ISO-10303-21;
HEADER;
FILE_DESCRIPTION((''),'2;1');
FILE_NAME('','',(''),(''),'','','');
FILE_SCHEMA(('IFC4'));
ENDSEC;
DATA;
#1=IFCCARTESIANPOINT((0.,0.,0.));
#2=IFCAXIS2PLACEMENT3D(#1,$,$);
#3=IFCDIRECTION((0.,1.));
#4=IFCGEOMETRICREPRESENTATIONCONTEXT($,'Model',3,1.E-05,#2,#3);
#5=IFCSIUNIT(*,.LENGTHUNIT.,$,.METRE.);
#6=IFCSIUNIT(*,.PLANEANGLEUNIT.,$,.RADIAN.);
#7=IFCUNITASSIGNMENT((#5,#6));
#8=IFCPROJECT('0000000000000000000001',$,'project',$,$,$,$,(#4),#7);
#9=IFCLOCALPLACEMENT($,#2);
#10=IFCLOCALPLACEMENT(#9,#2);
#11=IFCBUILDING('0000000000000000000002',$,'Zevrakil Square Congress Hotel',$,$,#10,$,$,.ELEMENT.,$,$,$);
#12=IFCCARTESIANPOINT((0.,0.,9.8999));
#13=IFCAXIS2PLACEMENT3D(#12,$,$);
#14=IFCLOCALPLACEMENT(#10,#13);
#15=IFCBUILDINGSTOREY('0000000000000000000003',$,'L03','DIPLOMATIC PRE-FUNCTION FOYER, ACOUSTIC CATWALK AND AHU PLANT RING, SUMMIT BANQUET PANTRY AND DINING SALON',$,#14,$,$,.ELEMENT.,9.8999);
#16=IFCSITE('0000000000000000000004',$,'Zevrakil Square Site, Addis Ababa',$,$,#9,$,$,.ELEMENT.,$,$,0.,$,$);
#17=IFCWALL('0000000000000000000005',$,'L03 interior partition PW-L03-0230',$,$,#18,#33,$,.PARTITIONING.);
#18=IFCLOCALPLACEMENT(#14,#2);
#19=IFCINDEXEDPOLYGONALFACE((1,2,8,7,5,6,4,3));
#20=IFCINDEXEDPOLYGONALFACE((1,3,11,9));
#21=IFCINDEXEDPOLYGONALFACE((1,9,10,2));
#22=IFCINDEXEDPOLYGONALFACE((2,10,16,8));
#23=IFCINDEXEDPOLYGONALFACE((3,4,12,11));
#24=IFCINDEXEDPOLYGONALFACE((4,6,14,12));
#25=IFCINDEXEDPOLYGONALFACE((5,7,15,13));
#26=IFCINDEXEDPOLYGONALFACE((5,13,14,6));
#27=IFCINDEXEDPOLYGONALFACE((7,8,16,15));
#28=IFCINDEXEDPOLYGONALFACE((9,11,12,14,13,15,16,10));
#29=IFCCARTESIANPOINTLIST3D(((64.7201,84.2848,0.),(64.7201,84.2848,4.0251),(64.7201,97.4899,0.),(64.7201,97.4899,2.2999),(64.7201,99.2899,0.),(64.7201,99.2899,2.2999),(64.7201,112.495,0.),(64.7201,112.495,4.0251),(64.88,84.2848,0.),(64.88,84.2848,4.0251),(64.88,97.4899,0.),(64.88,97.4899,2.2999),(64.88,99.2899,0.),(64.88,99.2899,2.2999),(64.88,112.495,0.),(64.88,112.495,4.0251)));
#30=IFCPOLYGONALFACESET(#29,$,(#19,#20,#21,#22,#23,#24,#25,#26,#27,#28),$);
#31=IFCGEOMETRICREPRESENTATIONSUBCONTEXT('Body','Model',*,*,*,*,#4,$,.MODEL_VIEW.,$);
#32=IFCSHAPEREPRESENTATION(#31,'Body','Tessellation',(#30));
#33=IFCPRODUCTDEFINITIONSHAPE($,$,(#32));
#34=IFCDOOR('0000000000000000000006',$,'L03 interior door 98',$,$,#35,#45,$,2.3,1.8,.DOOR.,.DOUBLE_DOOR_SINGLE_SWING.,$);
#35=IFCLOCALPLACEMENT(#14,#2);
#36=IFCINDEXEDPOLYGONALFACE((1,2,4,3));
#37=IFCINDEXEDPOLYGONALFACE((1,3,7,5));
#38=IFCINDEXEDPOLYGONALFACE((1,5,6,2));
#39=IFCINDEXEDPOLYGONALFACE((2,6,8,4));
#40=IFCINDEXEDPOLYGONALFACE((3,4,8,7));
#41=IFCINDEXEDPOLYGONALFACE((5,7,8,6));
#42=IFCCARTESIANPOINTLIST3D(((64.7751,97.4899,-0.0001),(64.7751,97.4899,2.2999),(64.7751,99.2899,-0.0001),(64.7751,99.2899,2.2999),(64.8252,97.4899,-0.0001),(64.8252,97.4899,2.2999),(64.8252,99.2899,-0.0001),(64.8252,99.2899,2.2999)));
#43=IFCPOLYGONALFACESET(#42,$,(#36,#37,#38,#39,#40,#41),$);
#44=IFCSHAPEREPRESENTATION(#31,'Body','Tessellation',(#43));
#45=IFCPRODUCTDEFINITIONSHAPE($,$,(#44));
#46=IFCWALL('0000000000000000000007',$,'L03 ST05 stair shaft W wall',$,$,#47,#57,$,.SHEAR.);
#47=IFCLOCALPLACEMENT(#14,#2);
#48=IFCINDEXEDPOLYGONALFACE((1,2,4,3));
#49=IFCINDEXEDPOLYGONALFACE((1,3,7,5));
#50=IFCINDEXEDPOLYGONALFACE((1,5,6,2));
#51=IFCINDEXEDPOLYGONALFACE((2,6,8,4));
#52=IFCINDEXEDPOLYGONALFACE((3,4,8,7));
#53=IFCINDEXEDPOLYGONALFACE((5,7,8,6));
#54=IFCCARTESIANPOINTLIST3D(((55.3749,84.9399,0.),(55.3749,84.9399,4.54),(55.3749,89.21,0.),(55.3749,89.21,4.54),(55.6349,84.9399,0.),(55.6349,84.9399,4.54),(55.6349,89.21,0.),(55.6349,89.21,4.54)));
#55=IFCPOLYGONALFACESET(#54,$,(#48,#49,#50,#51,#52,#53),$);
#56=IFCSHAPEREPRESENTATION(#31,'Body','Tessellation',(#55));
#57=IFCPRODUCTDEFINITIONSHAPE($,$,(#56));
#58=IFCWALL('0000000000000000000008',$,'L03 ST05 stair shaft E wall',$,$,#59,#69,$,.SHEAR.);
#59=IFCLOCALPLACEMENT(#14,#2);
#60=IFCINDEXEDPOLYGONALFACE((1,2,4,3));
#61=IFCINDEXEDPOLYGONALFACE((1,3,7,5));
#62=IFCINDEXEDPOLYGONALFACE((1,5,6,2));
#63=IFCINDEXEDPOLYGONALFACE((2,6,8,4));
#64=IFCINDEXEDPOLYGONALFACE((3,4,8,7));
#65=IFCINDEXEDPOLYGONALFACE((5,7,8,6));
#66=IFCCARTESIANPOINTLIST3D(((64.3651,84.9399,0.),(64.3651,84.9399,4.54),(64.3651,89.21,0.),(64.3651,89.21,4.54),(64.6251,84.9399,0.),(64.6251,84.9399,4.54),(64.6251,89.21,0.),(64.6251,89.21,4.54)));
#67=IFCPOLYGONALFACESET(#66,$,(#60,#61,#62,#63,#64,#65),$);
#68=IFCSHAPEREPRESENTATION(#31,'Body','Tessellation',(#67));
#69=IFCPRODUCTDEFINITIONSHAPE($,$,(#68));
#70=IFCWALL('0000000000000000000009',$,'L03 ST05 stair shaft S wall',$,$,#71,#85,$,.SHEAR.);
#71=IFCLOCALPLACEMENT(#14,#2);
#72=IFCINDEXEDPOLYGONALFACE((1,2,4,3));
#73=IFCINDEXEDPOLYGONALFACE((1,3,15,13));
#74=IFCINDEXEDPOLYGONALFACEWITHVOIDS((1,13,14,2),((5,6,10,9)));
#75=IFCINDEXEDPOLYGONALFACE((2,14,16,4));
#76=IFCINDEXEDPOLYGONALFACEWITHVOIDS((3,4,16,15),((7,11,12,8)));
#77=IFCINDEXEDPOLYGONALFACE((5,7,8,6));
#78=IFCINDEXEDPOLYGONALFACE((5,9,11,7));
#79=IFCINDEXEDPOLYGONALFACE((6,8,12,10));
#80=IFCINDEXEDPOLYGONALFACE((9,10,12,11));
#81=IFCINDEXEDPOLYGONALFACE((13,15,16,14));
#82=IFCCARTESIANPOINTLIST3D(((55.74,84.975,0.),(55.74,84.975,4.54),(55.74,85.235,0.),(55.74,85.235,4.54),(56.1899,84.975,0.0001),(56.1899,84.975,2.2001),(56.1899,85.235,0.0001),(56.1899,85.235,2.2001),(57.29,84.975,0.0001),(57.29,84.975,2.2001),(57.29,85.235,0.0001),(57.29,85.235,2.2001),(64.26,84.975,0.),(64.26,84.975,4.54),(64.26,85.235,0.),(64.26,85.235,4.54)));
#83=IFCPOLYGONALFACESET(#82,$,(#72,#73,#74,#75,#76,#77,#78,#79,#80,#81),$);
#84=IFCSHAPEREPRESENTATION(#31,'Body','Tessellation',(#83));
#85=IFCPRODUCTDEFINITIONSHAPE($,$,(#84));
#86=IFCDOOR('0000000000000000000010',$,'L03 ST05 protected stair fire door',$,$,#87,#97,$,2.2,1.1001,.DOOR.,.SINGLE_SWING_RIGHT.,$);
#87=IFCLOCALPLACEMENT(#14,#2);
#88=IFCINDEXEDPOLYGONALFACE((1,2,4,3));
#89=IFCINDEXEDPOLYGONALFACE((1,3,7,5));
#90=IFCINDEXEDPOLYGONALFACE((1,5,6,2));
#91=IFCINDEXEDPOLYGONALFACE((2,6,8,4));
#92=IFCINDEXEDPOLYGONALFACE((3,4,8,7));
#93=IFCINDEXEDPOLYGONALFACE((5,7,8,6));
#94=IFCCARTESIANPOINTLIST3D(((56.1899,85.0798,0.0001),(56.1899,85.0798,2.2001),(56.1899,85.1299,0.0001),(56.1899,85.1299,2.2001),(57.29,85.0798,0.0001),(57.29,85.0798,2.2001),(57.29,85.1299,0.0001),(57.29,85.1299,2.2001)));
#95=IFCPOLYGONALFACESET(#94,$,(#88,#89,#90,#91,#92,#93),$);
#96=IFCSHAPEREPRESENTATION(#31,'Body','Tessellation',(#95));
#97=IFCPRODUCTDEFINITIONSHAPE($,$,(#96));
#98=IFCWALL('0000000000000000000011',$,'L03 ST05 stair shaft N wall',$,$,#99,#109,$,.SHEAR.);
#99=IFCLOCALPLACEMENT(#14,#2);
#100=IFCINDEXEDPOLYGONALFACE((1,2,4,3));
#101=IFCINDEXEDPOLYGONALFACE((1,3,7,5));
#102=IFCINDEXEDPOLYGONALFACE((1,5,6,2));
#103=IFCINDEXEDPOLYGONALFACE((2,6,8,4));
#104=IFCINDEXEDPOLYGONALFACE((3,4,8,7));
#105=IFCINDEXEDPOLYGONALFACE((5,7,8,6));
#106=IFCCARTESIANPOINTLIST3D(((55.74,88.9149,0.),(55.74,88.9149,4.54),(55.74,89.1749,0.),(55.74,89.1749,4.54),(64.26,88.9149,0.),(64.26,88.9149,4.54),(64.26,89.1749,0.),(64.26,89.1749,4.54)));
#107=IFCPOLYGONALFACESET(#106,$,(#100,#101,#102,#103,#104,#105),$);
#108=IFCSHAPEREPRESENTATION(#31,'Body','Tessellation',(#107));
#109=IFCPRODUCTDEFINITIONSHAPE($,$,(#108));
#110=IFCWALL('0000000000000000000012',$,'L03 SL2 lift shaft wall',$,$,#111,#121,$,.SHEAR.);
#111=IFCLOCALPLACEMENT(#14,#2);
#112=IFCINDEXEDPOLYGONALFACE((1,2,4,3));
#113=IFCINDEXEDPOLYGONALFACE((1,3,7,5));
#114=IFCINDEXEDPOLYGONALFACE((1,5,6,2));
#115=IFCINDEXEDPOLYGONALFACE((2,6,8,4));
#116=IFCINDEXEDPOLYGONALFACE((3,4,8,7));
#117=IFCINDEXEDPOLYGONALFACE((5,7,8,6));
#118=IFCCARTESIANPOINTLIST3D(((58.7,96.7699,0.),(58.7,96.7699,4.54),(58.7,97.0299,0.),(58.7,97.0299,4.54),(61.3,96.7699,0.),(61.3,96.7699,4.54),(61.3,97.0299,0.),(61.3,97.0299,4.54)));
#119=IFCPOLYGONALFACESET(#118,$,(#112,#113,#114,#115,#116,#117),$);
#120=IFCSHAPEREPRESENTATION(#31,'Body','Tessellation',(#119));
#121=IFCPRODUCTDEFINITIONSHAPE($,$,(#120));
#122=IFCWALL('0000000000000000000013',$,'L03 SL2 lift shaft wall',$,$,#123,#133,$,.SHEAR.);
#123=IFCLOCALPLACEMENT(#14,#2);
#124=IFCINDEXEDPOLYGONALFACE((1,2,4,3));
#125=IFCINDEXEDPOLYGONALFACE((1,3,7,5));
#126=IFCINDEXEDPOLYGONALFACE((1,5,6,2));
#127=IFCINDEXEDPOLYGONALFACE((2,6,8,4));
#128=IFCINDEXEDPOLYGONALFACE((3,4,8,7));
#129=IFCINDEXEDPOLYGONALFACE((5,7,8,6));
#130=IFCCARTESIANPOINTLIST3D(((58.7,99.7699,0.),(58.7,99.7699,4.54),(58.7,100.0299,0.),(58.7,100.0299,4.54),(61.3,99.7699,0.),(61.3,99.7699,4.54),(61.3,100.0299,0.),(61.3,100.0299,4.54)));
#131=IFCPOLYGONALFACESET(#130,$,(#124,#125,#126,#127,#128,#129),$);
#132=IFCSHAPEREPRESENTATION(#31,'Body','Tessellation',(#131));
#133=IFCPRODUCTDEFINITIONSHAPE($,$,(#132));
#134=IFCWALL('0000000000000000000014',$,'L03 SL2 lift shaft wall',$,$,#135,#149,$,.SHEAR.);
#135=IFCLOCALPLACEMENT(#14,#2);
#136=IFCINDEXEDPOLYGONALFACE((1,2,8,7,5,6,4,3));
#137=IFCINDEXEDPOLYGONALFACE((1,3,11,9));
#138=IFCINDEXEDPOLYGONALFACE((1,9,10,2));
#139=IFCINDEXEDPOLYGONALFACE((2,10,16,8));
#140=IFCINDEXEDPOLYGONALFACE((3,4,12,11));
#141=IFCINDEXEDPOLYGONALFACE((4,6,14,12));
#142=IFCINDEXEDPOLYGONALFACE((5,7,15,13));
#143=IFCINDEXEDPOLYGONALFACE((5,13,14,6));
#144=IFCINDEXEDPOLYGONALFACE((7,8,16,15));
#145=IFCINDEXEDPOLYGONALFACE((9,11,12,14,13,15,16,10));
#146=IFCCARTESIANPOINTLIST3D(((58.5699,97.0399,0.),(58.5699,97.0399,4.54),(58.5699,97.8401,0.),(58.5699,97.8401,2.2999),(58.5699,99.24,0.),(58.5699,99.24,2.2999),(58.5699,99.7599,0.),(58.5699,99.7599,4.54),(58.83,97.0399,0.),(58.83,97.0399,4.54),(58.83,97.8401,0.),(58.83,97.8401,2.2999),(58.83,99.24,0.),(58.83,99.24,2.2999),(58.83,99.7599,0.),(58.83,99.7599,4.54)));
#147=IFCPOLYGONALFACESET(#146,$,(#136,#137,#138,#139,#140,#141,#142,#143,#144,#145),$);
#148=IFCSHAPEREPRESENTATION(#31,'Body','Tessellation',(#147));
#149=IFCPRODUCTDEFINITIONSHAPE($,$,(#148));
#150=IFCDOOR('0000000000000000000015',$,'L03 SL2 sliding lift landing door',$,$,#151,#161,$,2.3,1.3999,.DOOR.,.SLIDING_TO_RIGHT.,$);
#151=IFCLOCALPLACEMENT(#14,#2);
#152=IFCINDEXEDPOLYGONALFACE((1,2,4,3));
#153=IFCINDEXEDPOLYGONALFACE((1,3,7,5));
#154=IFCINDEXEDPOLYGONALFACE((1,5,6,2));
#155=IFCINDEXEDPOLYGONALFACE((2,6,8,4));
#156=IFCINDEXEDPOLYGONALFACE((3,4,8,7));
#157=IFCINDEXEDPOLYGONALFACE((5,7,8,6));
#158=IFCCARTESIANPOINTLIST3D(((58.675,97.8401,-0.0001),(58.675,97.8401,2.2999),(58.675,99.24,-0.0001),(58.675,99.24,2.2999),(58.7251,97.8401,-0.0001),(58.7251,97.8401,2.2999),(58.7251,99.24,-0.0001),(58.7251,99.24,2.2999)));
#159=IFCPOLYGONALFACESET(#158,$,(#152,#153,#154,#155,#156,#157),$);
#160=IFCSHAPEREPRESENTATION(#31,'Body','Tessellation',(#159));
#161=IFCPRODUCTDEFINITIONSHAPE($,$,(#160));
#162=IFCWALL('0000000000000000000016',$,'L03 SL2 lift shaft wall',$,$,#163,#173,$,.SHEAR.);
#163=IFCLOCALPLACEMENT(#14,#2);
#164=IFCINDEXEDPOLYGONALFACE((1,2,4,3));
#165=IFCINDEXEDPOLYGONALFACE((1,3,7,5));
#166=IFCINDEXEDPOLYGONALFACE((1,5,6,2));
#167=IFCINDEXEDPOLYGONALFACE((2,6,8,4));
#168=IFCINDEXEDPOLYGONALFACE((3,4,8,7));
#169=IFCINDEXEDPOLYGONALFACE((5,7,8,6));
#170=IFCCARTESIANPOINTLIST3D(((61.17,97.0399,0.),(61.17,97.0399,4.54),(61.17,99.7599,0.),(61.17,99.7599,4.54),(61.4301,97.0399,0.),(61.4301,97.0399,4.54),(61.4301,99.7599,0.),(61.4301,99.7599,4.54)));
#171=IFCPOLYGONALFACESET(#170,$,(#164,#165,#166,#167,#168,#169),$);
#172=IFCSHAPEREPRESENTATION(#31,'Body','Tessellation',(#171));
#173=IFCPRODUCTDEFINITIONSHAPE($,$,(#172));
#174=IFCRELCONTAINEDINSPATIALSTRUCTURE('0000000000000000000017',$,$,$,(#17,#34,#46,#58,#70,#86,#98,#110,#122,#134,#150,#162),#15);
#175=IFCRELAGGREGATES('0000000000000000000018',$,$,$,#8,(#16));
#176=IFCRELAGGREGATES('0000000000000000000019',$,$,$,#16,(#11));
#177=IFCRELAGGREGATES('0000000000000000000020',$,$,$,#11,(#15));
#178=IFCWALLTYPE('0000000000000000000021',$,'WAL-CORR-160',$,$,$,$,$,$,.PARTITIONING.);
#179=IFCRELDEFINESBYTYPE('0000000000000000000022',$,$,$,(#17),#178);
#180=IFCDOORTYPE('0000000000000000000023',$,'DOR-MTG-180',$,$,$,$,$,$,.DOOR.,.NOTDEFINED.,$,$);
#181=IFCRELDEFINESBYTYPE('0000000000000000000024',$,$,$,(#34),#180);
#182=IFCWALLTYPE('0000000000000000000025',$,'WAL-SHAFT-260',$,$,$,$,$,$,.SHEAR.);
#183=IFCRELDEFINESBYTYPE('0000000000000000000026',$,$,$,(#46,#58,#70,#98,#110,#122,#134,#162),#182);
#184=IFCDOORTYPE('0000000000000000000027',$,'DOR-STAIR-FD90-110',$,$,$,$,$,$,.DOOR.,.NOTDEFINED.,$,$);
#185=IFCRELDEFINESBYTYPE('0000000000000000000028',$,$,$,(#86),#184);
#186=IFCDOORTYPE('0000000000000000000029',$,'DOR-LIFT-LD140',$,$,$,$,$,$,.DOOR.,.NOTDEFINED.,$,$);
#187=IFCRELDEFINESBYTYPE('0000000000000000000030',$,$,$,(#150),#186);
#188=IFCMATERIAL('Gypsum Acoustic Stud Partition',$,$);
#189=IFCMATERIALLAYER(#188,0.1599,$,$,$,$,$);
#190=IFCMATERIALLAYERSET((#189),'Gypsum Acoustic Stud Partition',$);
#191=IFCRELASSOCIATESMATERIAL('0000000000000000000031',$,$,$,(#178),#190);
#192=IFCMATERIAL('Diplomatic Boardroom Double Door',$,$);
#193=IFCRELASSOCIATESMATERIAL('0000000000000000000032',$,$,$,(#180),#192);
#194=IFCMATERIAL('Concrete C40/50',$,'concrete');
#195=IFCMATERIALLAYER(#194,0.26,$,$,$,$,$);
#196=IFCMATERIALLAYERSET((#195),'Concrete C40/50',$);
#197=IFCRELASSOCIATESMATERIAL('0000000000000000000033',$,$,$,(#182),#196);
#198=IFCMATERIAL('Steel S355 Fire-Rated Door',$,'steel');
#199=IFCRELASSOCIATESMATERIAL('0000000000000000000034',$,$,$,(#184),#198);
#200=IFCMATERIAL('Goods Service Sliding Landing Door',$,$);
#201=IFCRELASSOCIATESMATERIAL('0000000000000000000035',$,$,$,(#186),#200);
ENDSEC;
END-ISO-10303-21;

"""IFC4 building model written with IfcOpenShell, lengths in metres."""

from ifc_helpers import new_model, si_unit, direction, frame, frame_2d, origin, place, context, subcontext, project, spatial, rectangle, extrude, material, layer, layer_set, type_object, element, fill, save


model = new_model("IFC4")

# Units and contexts
model_context = context("Model", 3, precision=1e-05, world=origin(), true_north=direction((0.0, 1.0)))
body_context = subcontext(model_context, "Body", "Model", "MODEL_VIEW")
ifc_project = project(units=[si_unit("LENGTHUNIT", "METRE"), si_unit("PLANEANGLEUNIT", "RADIAN")], contexts=[model_context])

# Site, building, storey
site_placement = place(None, origin())
site = spatial("IfcSite", under=ifc_project, at=site_placement, Name="Zevrakil Square Site, Addis Ababa", CompositionType="ELEMENT", RefElevation=0.0)
building_placement = place(site_placement, origin())
building = spatial("IfcBuilding", under=site, at=building_placement, Name="Zevrakil Square Congress Hotel", CompositionType="ELEMENT")
storey_placement = place(building_placement, frame((0.0, 0.0, 9.8999)))
storey = spatial("IfcBuildingStorey", under=building, at=storey_placement, Name="L03", Description="DIPLOMATIC PRE-FUNCTION FOYER, ACOUSTIC CATWALK AND AHU PLANT RING, SUMMIT BANQUET PANTRY AND DINING SALON", CompositionType="ELEMENT", Elevation=9.8999)

# Wall, opening, door
ifc_material_1 = material(Name="Gypsum Acoustic Stud Partition")
ifc_layer_1 = layer(ifc_material_1, 0.1599)
ifc_layer_set_1 = layer_set([ifc_layer_1], Name="Gypsum Acoustic Stud Partition")
wall_type_1 = type_object("IfcWallType", Name="WAL-CORR-160", PredefinedType="PARTITIONING", material=ifc_layer_set_1)
wall_1_placement = place(storey_placement, frame((64.8, 84.2849, 0.0), z_axis=(0.0, 0.0, 1.0), x_axis=(0.0, 1.0, 0.0)))
wall_1 = element("IfcWall", 1, at=wall_1_placement, inside=storey, type_object=wall_type_1, Name="L03 interior partition PW-L03-0230", PredefinedType="PARTITIONING", context=body_context, shape_type="SweptSolid", body=[
    extrude(rectangle(XDim=28.2102, YDim=0.1599, at=frame_2d((14.105, 0.0))), origin(), (0.0, 0.0, 1.0), 4.0251),
])
opening_1_placement = place(wall_1_placement, frame((13.2051, 0.0, 0.0)))
opening_1 = element("IfcOpeningElement", 2, at=opening_1_placement, cuts=wall_1, PredefinedType="OPENING", context=body_context, shape_type="SweptSolid", body=[
    extrude(rectangle(XDim=1.8, YDim=2.3, at=frame_2d((0.8999, 1.1499))), frame((0.0, 0.0898, 0.0), z_axis=(0.0, -1.0, 0.0), x_axis=(1.0, 0.0, 0.0)), (0.0, 0.0, 1.0), 0.1799),
])
ifc_material_2 = material(Name="Diplomatic Boardroom Double Door")
door_type_1 = type_object("IfcDoorType", Name="DOR-MTG-180", OperationType="NOTDEFINED", PredefinedType="DOOR", material=ifc_material_2)
door_1_placement = place(opening_1_placement, origin())
door_1 = element("IfcDoor", 3, at=door_1_placement, inside=storey, type_object=door_type_1, Name="L03 interior door 98", OperationType="DOUBLE_DOOR_SINGLE_SWING", OverallHeight=2.3, OverallWidth=1.8, PredefinedType="DOOR", context=body_context, shape_type="SweptSolid", body=[
    extrude(rectangle(XDim=1.8, YDim=2.3, at=frame_2d((0.8999, 1.1499))), frame((0.0, 0.0249, 0.0), z_axis=(0.0, -1.0, 0.0), x_axis=(1.0, 0.0, 0.0)), (0.0, 0.0, 1.0), 0.05),
])
fill(opening_1, door_1)

# Walls
ifc_material_3 = material(Name="Concrete C40/50", Category="concrete")
ifc_layer_2 = layer(ifc_material_3, 0.26)
ifc_layer_set_2 = layer_set([ifc_layer_2], Name="Concrete C40/50")
wall_type_2 = type_object("IfcWallType", Name="WAL-SHAFT-260", PredefinedType="SHEAR", material=ifc_layer_set_2)
for number, where, z_axis, x_axis, name in (
    (4, (55.5049, 84.9399, 0.0), (0.0, 0.0, 1.0), (0.0, 1.0, 0.0), "L03 ST05 stair shaft W wall"),
    (5, (64.4951, 84.9399, 0.0), (0.0, 0.0, 1.0), (0.0, 1.0, 0.0), "L03 ST05 stair shaft E wall"),
):
    element("IfcWall", number, at=place(storey_placement, frame(where, z_axis=z_axis, x_axis=x_axis)), inside=storey, type_object=wall_type_2, Name=name, PredefinedType="SHEAR", context=body_context, shape_type="SweptSolid", body=[
        extrude(rectangle(XDim=4.27, YDim=0.26, at=frame_2d((2.135, 0.0))), origin(), (0.0, 0.0, 1.0), 4.54),
    ])

# Wall, opening, door
wall_2_placement = place(storey_placement, frame((55.74, 85.105, 0.0), z_axis=(0.0, 0.0, 1.0), x_axis=(1.0, 0.0, 0.0)))
wall_2 = element("IfcWall", 6, at=wall_2_placement, inside=storey, type_object=wall_type_2, Name="L03 ST05 stair shaft S wall", PredefinedType="SHEAR", context=body_context, shape_type="SweptSolid", body=[
    extrude(rectangle(XDim=8.52, YDim=0.26, at=frame_2d((4.26, 0.0))), origin(), (0.0, 0.0, 1.0), 4.54),
])
opening_2_placement = place(wall_2_placement, frame((0.45, 0.0, 0.0)))
opening_2 = element("IfcOpeningElement", 7, at=opening_2_placement, cuts=wall_2, PredefinedType="OPENING", context=body_context, shape_type="SweptSolid", body=[
    extrude(rectangle(XDim=1.1001, YDim=2.2, at=frame_2d((0.55, 1.1001))), frame((0.0, 0.1401, 0.0), z_axis=(0.0, -1.0, 0.0), x_axis=(1.0, 0.0, 0.0)), (0.0, 0.0, 1.0), 0.28),
])
ifc_material_4 = material(Name="Steel S355 Fire-Rated Door", Category="steel")
door_type_2 = type_object("IfcDoorType", Name="DOR-STAIR-FD90-110", OperationType="NOTDEFINED", PredefinedType="DOOR", material=ifc_material_4)
door_2_placement = place(opening_2_placement, origin())
door_2 = element("IfcDoor", 8, at=door_2_placement, inside=storey, type_object=door_type_2, Name="L03 ST05 protected stair fire door", OperationType="SINGLE_SWING_RIGHT", OverallHeight=2.2, OverallWidth=1.1001, PredefinedType="DOOR", context=body_context, shape_type="SweptSolid", body=[
    extrude(rectangle(XDim=1.1001, YDim=2.2, at=frame_2d((0.55, 1.1001))), frame((0.0, 0.0249, 0.0), z_axis=(0.0, -1.0, 0.0), x_axis=(1.0, 0.0, 0.0)), (0.0, 0.0, 1.0), 0.05),
])
fill(opening_2, door_2)

# Walls
wall_3_placement = place(storey_placement, frame((55.74, 89.0449, 0.0), z_axis=(0.0, 0.0, 1.0), x_axis=(1.0, 0.0, 0.0)))
element("IfcWall", 9, at=wall_3_placement, inside=storey, type_object=wall_type_2, Name="L03 ST05 stair shaft N wall", PredefinedType="SHEAR", context=body_context, shape_type="SweptSolid", body=[
    extrude(rectangle(XDim=8.52, YDim=0.26, at=frame_2d((4.26, 0.0))), origin(), (0.0, 0.0, 1.0), 4.54),
])
for number, where, z_axis, x_axis, name in (
    (10, (58.7, 96.8999, 0.0), (0.0, 0.0, 1.0), (1.0, 0.0, 0.0), "L03 SL2 lift shaft wall"),
    (11, (58.7, 99.8999, 0.0), (0.0, 0.0, 1.0), (1.0, 0.0, 0.0), "L03 SL2 lift shaft wall"),
):
    element("IfcWall", number, at=place(storey_placement, frame(where, z_axis=z_axis, x_axis=x_axis)), inside=storey, type_object=wall_type_2, Name=name, PredefinedType="SHEAR", context=body_context, shape_type="SweptSolid", body=[
        extrude(rectangle(XDim=2.6001, YDim=0.26, at=frame_2d((1.3, 0.0))), origin(), (0.0, 0.0, 1.0), 4.54),
    ])

# Wall, opening, door
wall_4_placement = place(storey_placement, frame((58.7, 97.04, 0.0), z_axis=(0.0, 0.0, 1.0), x_axis=(0.0, 1.0, 0.0)))
wall_4 = element("IfcWall", 12, at=wall_4_placement, inside=storey, type_object=wall_type_2, Name="L03 SL2 lift shaft wall", PredefinedType="SHEAR", context=body_context, shape_type="SweptSolid", body=[
    extrude(rectangle(XDim=2.72, YDim=0.26, at=frame_2d((1.3599, 0.0))), origin(), (0.0, 0.0, 1.0), 4.54),
])
opening_3_placement = place(wall_4_placement, frame((0.8, 0.0, 0.0)))
opening_3 = element("IfcOpeningElement", 13, at=opening_3_placement, cuts=wall_4, PredefinedType="OPENING", context=body_context, shape_type="SweptSolid", body=[
    extrude(rectangle(XDim=1.3999, YDim=2.3, at=frame_2d((0.7, 1.1499))), frame((0.0, 0.1401, 0.0), z_axis=(0.0, -1.0, 0.0), x_axis=(1.0, 0.0, 0.0)), (0.0, 0.0, 1.0), 0.28),
])
ifc_material_5 = material(Name="Goods Service Sliding Landing Door")
door_type_3 = type_object("IfcDoorType", Name="DOR-LIFT-LD140", OperationType="NOTDEFINED", PredefinedType="DOOR", material=ifc_material_5)
door_3_placement = place(opening_3_placement, origin())
door_3 = element("IfcDoor", 14, at=door_3_placement, inside=storey, type_object=door_type_3, Name="L03 SL2 sliding lift landing door", OperationType="SLIDING_TO_RIGHT", OverallHeight=2.3, OverallWidth=1.3999, PredefinedType="DOOR", context=body_context, shape_type="SweptSolid", body=[
    extrude(rectangle(XDim=1.3999, YDim=2.3, at=frame_2d((0.7, 1.1499))), frame((0.0, 0.0249, 0.0), z_axis=(0.0, -1.0, 0.0), x_axis=(1.0, 0.0, 0.0)), (0.0, 0.0, 1.0), 0.05),
])
fill(opening_3, door_3)

# Wall
wall_5_placement = place(storey_placement, frame((61.3, 97.04, 0.0), z_axis=(0.0, 0.0, 1.0), x_axis=(0.0, 1.0, 0.0)))
element("IfcWall", 15, at=wall_5_placement, inside=storey, type_object=wall_type_2, Name="L03 SL2 lift shaft wall", PredefinedType="SHEAR", context=body_context, shape_type="SweptSolid", body=[
    extrude(rectangle(XDim=2.72, YDim=0.26, at=frame_2d((1.3599, 0.0))), origin(), (0.0, 0.0, 1.0), 4.54),
])

save(model, "model.ifc")
